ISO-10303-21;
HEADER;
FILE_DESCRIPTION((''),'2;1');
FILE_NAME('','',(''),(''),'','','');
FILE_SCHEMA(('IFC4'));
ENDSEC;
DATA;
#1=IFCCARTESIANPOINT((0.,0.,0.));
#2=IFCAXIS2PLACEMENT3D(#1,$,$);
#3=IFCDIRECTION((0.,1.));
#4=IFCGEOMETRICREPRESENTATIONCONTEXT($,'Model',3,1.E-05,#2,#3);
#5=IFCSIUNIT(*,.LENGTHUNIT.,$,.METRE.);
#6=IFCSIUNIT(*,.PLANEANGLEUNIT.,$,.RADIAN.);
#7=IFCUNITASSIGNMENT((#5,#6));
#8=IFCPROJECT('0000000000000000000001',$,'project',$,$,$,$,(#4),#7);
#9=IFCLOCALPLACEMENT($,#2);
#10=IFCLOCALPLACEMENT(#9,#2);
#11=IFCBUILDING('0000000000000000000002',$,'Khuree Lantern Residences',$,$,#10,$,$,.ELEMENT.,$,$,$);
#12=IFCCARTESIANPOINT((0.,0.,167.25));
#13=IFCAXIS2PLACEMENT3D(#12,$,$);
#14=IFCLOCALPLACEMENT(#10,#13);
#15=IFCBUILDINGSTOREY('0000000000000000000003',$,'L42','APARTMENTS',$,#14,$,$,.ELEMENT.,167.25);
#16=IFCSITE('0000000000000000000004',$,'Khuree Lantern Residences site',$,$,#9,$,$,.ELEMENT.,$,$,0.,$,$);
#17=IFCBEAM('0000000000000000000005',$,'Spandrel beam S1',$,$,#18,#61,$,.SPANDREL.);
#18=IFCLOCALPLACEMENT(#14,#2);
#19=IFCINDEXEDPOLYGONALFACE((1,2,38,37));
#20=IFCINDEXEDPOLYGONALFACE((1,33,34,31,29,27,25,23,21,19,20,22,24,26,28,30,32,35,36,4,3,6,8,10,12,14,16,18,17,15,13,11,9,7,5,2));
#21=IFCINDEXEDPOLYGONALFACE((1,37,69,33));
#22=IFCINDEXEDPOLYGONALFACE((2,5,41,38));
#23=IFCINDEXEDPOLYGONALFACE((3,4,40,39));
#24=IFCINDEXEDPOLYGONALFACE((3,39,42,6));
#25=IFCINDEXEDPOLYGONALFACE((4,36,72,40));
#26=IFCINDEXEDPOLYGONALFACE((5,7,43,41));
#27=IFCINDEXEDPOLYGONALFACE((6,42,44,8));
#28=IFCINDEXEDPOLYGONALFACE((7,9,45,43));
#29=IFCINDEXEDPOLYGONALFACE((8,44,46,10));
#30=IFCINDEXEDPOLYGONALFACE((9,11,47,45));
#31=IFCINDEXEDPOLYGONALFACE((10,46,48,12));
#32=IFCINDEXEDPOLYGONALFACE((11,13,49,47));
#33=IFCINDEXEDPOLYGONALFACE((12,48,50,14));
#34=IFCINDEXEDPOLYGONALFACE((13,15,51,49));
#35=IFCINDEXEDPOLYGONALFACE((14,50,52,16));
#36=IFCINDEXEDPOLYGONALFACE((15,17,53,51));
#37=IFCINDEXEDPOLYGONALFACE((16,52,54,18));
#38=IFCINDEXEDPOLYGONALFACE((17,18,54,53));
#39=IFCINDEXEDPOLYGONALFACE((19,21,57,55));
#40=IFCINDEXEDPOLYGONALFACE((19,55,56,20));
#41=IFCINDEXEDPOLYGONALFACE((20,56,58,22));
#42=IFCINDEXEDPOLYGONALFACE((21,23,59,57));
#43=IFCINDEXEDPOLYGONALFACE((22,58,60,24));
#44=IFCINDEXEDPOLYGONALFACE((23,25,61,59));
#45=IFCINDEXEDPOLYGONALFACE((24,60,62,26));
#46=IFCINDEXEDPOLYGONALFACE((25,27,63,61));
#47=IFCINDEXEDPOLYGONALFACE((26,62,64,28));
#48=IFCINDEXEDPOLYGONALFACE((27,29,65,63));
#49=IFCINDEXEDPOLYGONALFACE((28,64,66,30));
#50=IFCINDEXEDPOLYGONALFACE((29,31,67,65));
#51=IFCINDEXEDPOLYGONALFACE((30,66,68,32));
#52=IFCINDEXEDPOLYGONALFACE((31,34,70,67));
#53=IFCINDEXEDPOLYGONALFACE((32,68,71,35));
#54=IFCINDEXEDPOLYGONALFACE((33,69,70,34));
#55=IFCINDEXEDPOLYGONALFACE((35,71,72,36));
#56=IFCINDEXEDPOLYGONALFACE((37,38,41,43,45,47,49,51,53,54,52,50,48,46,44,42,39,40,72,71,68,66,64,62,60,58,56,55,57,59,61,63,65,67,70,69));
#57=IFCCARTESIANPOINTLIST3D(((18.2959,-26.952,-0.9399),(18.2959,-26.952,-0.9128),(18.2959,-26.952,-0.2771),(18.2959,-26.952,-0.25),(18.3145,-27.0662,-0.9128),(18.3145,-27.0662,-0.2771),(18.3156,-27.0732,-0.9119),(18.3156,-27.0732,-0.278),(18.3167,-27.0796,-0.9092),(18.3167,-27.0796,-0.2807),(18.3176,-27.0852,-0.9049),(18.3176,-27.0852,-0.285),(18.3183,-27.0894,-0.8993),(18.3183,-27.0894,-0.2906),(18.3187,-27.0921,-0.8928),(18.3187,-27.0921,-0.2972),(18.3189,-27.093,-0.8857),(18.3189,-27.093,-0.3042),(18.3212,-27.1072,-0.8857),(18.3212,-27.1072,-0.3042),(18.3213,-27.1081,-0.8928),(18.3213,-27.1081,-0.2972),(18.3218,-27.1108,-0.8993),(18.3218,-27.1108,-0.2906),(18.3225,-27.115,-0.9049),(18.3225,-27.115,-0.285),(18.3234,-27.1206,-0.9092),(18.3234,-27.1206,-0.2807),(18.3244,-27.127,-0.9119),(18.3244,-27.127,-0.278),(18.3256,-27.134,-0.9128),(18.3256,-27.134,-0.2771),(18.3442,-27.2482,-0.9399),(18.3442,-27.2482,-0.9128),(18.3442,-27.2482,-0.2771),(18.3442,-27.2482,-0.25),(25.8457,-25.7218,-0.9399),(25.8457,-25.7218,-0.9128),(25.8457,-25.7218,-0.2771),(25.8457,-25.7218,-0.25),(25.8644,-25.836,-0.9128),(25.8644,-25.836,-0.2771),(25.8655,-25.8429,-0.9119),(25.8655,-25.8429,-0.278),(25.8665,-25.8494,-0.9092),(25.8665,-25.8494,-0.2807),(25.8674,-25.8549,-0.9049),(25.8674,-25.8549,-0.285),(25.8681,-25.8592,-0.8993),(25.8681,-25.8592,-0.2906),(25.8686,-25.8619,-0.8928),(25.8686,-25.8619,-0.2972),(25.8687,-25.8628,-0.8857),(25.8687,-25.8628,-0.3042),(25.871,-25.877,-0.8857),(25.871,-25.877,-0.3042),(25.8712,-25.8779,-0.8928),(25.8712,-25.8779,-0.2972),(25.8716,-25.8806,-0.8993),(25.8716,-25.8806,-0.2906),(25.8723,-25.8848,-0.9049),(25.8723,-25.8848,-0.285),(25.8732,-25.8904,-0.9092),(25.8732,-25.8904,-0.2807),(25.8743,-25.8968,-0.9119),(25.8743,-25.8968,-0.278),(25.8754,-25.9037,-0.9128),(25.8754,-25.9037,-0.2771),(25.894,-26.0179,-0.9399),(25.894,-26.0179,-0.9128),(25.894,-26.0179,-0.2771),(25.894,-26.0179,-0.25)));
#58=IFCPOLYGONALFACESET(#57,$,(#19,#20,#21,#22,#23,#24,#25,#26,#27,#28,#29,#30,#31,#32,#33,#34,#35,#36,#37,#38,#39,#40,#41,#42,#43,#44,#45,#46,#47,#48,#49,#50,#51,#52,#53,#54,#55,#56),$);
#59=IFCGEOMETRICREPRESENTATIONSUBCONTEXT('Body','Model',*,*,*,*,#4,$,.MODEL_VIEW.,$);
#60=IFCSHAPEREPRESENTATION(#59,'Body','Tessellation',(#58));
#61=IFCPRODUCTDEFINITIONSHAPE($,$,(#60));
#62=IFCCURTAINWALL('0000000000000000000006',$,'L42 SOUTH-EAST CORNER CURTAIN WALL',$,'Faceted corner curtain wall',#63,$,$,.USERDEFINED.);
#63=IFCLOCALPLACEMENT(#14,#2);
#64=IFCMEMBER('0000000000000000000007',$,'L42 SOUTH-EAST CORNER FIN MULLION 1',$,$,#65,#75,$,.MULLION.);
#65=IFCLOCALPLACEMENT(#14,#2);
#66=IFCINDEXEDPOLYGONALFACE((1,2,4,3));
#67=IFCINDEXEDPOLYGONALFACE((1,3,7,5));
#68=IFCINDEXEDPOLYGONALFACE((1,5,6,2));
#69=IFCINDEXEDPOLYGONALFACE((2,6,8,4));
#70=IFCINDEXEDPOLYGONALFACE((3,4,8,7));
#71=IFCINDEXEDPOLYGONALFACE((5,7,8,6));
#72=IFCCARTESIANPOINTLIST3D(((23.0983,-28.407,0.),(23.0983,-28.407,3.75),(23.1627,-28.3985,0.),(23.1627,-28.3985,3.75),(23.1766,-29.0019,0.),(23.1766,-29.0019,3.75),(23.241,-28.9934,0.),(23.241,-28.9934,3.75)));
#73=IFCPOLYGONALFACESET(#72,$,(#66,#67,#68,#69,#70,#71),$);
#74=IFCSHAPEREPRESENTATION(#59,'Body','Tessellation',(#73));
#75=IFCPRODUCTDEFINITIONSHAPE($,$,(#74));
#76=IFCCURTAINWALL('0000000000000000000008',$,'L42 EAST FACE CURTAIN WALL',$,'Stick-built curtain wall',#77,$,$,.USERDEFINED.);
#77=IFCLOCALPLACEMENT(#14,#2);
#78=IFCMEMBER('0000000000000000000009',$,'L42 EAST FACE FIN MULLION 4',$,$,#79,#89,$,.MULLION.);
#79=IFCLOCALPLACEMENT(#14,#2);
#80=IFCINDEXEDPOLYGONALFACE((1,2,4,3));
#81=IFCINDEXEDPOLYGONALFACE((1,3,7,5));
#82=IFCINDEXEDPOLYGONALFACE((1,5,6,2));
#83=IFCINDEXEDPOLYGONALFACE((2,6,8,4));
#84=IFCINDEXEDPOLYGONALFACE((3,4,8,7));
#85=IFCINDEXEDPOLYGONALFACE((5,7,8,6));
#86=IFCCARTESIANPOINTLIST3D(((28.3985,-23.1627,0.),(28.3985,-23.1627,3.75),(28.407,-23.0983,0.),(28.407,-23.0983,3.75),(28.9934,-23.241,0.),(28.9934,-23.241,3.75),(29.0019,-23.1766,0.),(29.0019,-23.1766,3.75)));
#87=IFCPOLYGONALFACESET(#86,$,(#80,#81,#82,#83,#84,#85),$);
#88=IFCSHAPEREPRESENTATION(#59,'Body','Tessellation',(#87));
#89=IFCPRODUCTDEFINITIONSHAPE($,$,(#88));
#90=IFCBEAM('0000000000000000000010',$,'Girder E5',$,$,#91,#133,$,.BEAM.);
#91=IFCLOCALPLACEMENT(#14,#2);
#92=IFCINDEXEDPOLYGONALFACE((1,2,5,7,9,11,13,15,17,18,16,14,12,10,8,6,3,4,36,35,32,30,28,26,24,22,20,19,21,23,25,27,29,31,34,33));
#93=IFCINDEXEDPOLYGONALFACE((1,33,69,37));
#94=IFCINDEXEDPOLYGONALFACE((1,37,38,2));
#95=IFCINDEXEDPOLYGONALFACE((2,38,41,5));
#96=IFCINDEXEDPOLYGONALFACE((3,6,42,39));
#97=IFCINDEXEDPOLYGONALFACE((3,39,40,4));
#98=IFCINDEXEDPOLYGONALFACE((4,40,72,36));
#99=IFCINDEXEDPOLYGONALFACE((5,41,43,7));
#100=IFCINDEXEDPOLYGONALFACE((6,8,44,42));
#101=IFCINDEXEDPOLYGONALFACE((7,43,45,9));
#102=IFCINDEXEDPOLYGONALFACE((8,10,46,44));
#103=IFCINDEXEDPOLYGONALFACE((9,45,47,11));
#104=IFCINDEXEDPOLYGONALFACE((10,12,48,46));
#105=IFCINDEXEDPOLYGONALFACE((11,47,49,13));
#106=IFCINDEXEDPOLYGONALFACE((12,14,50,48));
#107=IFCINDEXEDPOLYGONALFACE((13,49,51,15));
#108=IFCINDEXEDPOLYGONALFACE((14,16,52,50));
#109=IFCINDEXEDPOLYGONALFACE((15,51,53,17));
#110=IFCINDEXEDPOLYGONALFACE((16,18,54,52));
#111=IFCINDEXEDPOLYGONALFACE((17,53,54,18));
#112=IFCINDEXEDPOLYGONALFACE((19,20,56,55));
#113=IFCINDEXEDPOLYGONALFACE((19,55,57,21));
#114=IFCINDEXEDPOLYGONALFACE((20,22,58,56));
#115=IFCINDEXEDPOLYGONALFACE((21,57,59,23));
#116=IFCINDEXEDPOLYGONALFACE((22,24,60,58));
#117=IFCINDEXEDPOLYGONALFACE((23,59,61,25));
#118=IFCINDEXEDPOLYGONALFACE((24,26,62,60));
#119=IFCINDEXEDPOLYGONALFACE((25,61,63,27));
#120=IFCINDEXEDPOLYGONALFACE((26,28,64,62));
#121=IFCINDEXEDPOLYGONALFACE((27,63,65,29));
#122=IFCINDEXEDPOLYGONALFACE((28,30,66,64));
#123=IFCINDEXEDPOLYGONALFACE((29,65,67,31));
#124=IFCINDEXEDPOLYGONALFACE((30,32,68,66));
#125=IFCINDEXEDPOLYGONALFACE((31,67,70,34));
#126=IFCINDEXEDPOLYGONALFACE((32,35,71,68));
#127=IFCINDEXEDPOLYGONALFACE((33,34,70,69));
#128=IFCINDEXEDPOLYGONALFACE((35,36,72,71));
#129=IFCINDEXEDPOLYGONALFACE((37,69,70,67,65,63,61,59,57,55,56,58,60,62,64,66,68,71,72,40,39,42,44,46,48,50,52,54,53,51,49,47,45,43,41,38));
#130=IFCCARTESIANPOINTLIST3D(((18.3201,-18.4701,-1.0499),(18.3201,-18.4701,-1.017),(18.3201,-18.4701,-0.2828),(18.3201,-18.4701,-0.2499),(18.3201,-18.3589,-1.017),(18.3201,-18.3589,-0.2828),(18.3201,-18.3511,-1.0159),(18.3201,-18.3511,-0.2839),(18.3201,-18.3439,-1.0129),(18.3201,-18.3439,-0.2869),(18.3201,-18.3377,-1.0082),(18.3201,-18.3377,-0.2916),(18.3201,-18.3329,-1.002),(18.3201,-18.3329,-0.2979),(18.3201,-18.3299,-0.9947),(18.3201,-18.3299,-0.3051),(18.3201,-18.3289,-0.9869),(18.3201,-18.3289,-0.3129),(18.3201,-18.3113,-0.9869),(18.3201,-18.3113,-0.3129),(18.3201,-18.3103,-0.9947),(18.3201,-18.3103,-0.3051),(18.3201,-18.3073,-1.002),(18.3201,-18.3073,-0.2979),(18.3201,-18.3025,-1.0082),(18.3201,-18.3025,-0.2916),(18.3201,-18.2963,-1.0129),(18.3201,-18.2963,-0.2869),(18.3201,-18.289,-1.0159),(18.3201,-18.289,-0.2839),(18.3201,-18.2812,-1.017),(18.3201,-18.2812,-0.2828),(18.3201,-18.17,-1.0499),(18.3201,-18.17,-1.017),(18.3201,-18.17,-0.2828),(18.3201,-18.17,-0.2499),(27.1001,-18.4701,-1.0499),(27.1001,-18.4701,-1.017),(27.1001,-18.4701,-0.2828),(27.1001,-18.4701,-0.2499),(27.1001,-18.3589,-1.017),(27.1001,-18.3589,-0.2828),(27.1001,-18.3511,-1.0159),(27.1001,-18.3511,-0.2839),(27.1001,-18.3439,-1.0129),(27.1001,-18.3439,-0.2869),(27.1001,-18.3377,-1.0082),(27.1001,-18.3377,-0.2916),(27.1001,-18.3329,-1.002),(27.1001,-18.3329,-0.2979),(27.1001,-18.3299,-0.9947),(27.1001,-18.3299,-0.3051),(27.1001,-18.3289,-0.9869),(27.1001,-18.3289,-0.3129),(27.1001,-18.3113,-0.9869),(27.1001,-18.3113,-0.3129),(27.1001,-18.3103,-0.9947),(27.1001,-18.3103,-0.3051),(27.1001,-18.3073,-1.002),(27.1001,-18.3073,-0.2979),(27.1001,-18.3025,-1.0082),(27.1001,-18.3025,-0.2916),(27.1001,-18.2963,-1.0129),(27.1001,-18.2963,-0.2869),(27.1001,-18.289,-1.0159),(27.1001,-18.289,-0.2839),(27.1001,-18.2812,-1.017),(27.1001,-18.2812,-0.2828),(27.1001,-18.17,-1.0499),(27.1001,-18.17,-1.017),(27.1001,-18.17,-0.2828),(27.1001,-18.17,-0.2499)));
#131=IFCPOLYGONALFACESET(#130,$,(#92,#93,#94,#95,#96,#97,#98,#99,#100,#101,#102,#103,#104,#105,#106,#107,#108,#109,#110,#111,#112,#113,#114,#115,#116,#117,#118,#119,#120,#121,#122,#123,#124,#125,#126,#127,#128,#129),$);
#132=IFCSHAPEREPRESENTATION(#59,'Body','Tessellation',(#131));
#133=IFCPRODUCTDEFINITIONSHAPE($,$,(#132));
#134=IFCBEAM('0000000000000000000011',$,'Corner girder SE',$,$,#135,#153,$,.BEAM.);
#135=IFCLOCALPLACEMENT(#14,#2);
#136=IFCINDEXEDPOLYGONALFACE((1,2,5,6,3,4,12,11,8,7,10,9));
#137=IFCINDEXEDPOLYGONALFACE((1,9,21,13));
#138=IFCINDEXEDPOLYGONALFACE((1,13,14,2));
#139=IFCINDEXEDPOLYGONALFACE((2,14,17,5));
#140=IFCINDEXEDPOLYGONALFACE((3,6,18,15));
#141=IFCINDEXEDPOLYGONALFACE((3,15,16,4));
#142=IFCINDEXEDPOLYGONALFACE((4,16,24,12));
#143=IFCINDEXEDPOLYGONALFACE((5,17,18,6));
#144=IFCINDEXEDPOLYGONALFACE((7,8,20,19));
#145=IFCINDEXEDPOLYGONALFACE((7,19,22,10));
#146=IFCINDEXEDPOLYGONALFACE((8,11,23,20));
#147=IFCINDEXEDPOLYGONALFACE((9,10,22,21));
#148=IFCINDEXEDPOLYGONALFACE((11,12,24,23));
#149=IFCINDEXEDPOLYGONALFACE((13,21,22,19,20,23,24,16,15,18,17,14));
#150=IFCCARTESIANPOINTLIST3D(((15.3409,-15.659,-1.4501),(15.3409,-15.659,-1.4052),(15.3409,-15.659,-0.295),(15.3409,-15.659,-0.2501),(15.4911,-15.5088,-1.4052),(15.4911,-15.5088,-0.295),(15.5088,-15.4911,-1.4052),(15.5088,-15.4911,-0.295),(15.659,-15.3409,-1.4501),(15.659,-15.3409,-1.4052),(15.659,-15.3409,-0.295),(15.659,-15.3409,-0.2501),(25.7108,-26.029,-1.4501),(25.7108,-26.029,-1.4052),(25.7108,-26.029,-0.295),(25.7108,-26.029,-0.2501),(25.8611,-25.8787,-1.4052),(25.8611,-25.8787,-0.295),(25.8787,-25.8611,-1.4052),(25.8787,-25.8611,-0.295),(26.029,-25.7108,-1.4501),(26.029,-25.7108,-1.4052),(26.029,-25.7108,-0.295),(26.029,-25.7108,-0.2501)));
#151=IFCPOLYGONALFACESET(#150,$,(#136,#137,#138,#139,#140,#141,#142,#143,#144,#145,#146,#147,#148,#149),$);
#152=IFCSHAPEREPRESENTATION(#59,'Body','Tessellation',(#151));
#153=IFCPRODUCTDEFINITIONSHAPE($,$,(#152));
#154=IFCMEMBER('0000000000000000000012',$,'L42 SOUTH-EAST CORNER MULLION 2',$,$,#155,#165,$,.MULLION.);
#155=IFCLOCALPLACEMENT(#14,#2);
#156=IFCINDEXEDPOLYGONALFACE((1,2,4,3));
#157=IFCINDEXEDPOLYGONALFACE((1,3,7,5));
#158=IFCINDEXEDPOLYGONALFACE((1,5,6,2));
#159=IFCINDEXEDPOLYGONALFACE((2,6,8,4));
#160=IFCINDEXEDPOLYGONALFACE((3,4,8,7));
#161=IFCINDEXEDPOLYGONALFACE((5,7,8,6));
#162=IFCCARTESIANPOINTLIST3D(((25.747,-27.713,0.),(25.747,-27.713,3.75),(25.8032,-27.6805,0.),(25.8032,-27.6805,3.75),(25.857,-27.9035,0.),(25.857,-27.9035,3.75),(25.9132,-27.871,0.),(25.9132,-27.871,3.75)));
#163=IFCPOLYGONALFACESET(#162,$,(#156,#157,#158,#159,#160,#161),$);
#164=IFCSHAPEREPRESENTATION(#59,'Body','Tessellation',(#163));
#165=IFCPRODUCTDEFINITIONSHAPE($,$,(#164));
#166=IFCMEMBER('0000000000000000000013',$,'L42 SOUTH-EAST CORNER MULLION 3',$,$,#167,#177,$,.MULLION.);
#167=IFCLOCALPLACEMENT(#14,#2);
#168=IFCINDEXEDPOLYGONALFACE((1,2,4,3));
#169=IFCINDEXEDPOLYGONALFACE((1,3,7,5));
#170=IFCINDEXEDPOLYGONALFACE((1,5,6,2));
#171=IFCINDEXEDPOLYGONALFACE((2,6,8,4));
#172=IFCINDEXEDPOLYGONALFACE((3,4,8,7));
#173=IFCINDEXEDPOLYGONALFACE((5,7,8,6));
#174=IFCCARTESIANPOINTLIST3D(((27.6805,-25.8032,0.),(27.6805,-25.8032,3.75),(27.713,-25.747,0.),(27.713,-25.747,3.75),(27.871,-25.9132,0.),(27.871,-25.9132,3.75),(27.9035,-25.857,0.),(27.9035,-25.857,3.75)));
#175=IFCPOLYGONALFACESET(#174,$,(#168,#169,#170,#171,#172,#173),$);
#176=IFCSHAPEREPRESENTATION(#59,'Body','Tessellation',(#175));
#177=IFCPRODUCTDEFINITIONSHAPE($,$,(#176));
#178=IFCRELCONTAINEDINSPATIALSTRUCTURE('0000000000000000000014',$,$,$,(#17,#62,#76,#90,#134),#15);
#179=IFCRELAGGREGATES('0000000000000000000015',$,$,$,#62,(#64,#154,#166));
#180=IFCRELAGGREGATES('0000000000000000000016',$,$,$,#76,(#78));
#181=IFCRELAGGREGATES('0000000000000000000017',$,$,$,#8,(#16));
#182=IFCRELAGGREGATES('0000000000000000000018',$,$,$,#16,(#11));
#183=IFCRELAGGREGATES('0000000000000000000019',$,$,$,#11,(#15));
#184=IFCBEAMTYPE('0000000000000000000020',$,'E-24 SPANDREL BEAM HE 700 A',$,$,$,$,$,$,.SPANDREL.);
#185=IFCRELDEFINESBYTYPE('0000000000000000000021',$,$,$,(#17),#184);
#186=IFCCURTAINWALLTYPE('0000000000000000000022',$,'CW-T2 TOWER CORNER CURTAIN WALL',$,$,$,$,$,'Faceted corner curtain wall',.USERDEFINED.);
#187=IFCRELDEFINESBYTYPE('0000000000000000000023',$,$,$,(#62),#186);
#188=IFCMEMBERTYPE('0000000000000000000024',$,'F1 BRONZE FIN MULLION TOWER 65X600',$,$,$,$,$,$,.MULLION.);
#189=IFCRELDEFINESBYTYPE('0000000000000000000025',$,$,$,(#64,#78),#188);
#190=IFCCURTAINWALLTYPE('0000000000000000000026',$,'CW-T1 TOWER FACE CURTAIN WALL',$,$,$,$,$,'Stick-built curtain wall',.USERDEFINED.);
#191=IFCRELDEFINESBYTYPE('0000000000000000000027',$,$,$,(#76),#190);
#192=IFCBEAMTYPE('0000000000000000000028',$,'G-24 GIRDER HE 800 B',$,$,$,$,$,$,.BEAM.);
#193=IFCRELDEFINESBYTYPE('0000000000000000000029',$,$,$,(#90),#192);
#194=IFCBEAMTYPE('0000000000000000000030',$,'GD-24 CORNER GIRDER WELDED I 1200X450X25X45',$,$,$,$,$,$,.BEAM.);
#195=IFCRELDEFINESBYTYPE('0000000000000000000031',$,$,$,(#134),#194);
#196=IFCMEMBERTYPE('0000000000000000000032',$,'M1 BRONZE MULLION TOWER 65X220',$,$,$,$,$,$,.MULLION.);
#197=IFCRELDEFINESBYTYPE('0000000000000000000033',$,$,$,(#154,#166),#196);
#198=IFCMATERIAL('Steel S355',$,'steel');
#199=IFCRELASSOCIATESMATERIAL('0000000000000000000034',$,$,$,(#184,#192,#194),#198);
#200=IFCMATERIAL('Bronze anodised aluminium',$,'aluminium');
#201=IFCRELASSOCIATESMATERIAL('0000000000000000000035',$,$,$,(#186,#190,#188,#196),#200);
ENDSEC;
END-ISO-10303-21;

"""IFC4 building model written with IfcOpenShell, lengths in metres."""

from ifc_helpers import new_model, si_unit, direction, frame, origin, origin_2d, place, context, subcontext, project, spatial, rectangle, i_section, extrude, material, material_profile, profile_set, type_object, element, aggregate, save


model = new_model("IFC4")

# Units and contexts
model_context = context("Model", 3, precision=1e-05, world=origin(), true_north=direction((0.0, 1.0)))
body_context = subcontext(model_context, "Body", "Model", "MODEL_VIEW")
ifc_project = project(units=[si_unit("LENGTHUNIT", "METRE"), si_unit("PLANEANGLEUNIT", "RADIAN")], contexts=[model_context])

# Site, building, storey
site_placement = place(None, origin())
site = spatial("IfcSite", under=ifc_project, at=site_placement, Name="Khuree Lantern Residences site", CompositionType="ELEMENT", RefElevation=0.0)
building_placement = place(site_placement, origin())
building = spatial("IfcBuilding", under=site, at=building_placement, Name="Khuree Lantern Residences", CompositionType="ELEMENT")
storey_placement = place(building_placement, frame((0.0, 0.0, 167.25)))
storey = spatial("IfcBuildingStorey", under=building, at=storey_placement, Name="L42", Description="APARTMENTS", CompositionType="ELEMENT", Elevation=167.25)

# Beam
ifc_material_1 = material(Name="Steel S355", Category="steel")
ifc_material_profile_1 = material_profile(ifc_material_1, i_section(OverallWidth=0.3, OverallDepth=0.6899, WebThickness=0.0144, FlangeThickness=0.0271, FilletRadius=0.0271, at=origin_2d()), Name="HE 700 A")
ifc_profile_set_1 = profile_set([ifc_material_profile_1], Name="Steel S355")
beam_type_1 = type_object("IfcBeamType", Name="E-24 SPANDREL BEAM HE 700 A", PredefinedType="SPANDREL", material=ifc_profile_set_1)
for number, where, z_axis, x_axis, name in (
    (1, (25.8699, -25.8699, -0.595), (-0.986983, -0.160827, 0.0), (0.160827, -0.986983, 0.0), "Spandrel beam S1"),
):
    element("IfcBeam", number, at=place(storey_placement, frame(where, z_axis=z_axis, x_axis=x_axis)), inside=storey, type_object=beam_type_1, Name=name, PredefinedType="SPANDREL", context=body_context, shape_type="SweptSolid", body=[
        extrude(i_section(OverallWidth=0.3, OverallDepth=0.6899, WebThickness=0.0144, FlangeThickness=0.0271, FilletRadius=0.0271, at=origin_2d()), origin(), (0.0, 0.0, 1.0), 7.6494),
    ])

# Curtain walls, members
ifc_material_2 = material(Name="Bronze anodised aluminium", Category="aluminium")
curtain_wall_type_1 = type_object("IfcCurtainWallType", Name="CW-T2 TOWER CORNER CURTAIN WALL", ElementType="Faceted corner curtain wall", PredefinedType="USERDEFINED", material=ifc_material_2)
curtain_wall_1_placement = place(storey_placement, origin())
curtain_wall_1 = element("IfcCurtainWall", 2, at=curtain_wall_1_placement, inside=storey, type_object=curtain_wall_type_1, Name="L42 SOUTH-EAST CORNER CURTAIN WALL", ObjectType="Faceted corner curtain wall", PredefinedType="USERDEFINED")
ifc_material_profile_2 = material_profile(ifc_material_2, rectangle(XDim=0.0649, YDim=0.6001, at=origin_2d()), Name="F1 65X600")
ifc_profile_set_2 = profile_set([ifc_material_profile_2], Name="Bronze anodised aluminium")
member_type_1 = type_object("IfcMemberType", Name="F1 BRONZE FIN MULLION TOWER 65X600", PredefinedType="MULLION", material=ifc_profile_set_2)
member_1_placement = place(storey_placement, frame((23.1697, -28.7002, 0.0), z_axis=(0.0, 0.0, 1.0), x_axis=(0.991445, 0.130526, 0.0)))
member_1 = element("IfcMember", 3, at=member_1_placement, type_object=member_type_1, Name="L42 SOUTH-EAST CORNER FIN MULLION 1", PredefinedType="MULLION", context=body_context, shape_type="SweptSolid", body=[
    extrude(rectangle(XDim=0.0649, YDim=0.6001, at=origin_2d()), origin(), (0.0, 0.0, 1.0), 3.75),
])
curtain_wall_type_2 = type_object("IfcCurtainWallType", Name="CW-T1 TOWER FACE CURTAIN WALL", ElementType="Stick-built curtain wall", PredefinedType="USERDEFINED", material=ifc_material_2)
curtain_wall_2_placement = place(storey_placement, origin())
curtain_wall_2 = element("IfcCurtainWall", 4, at=curtain_wall_2_placement, inside=storey, type_object=curtain_wall_type_2, Name="L42 EAST FACE CURTAIN WALL", ObjectType="Stick-built curtain wall", PredefinedType="USERDEFINED")
member_2_placement = place(storey_placement, frame((28.7002, -23.1697, 0.0), z_axis=(0.0, 0.0, 1.0), x_axis=(0.130526, 0.991445, 0.0)))
member_2 = element("IfcMember", 5, at=member_2_placement, type_object=member_type_1, Name="L42 EAST FACE FIN MULLION 4", PredefinedType="MULLION", context=body_context, shape_type="SweptSolid", body=[
    extrude(rectangle(XDim=0.0649, YDim=0.6001, at=origin_2d()), origin(), (0.0, 0.0, 1.0), 3.75),
])

# Beams
ifc_material_profile_3 = material_profile(ifc_material_1, i_section(OverallWidth=0.3, OverallDepth=0.8, WebThickness=0.0176, FlangeThickness=0.033, FilletRadius=0.03, at=origin_2d()), Name="HE 800 B")
ifc_profile_set_3 = profile_set([ifc_material_profile_3], Name="Steel S355")
beam_type_2 = type_object("IfcBeamType", Name="G-24 GIRDER HE 800 B", PredefinedType="BEAM", material=ifc_profile_set_3)
beam_1_placement = place(storey_placement, frame((27.1001, -18.3201, -0.6499), z_axis=(-1.0, 0.0, 0.0), x_axis=(0.0, -1.0, 0.0)))
element("IfcBeam", 6, at=beam_1_placement, inside=storey, type_object=beam_type_2, Name="Girder E5", PredefinedType="BEAM", context=body_context, shape_type="SweptSolid", body=[
    extrude(i_section(OverallWidth=0.3, OverallDepth=0.8, WebThickness=0.0176, FlangeThickness=0.033, FilletRadius=0.03, at=origin_2d()), origin(), (0.0, 0.0, 1.0), 8.78),
])
ifc_material_profile_4 = material_profile(ifc_material_1, i_section(OverallWidth=0.45, OverallDepth=1.2, WebThickness=0.0249, FlangeThickness=0.0449, at=origin_2d()), Name="WELDED I 1200X450X25X45")
ifc_profile_set_4 = profile_set([ifc_material_profile_4], Name="Steel S355")
beam_type_3 = type_object("IfcBeamType", Name="GD-24 CORNER GIRDER WELDED I 1200X450X25X45", PredefinedType="BEAM", material=ifc_profile_set_4)
beam_2_placement = place(storey_placement, frame((25.8699, -25.8699, -0.8501), z_axis=(-0.707107, 0.707107, 0.0), x_axis=(-0.707107, -0.707107, 0.0)))
element("IfcBeam", 7, at=beam_2_placement, inside=storey, type_object=beam_type_3, Name="Corner girder SE", PredefinedType="BEAM", context=body_context, shape_type="SweptSolid", body=[
    extrude(i_section(OverallWidth=0.45, OverallDepth=1.2, WebThickness=0.0249, FlangeThickness=0.0449, at=origin_2d()), origin(), (0.0, 0.0, 1.0), 14.6653),
])

# Members
ifc_material_profile_5 = material_profile(ifc_material_2, rectangle(XDim=0.0649, YDim=0.22, at=origin_2d()), Name="M1 65X220")
ifc_profile_set_5 = profile_set([ifc_material_profile_5], Name="Bronze anodised aluminium")
member_type_2 = type_object("IfcMemberType", Name="M1 BRONZE MULLION TOWER 65X220", PredefinedType="MULLION", material=ifc_profile_set_5)
member_3_placement = place(storey_placement, frame((25.8301, -27.792, 0.0), z_axis=(0.0, 0.0, 1.0), x_axis=(0.866025, 0.5, 0.0)))
member_3 = element("IfcMember", 8, at=member_3_placement, type_object=member_type_2, Name="L42 SOUTH-EAST CORNER MULLION 2", PredefinedType="MULLION", context=body_context, shape_type="SweptSolid", body=[
    extrude(rectangle(XDim=0.0649, YDim=0.22, at=origin_2d()), origin(), (0.0, 0.0, 1.0), 3.75),
])
member_4_placement = place(storey_placement, frame((27.792, -25.8301, 0.0), z_axis=(0.0, 0.0, 1.0), x_axis=(0.5, 0.866025, 0.0)))
member_4 = element("IfcMember", 9, at=member_4_placement, type_object=member_type_2, Name="L42 SOUTH-EAST CORNER MULLION 3", PredefinedType="MULLION", context=body_context, shape_type="SweptSolid", body=[
    extrude(rectangle(XDim=0.0649, YDim=0.22, at=origin_2d()), origin(), (0.0, 0.0, 1.0), 3.75),
])

aggregate(curtain_wall_1, [member_1, member_3, member_4])
aggregate(curtain_wall_2, [member_2])

save(model, "model.ifc")
